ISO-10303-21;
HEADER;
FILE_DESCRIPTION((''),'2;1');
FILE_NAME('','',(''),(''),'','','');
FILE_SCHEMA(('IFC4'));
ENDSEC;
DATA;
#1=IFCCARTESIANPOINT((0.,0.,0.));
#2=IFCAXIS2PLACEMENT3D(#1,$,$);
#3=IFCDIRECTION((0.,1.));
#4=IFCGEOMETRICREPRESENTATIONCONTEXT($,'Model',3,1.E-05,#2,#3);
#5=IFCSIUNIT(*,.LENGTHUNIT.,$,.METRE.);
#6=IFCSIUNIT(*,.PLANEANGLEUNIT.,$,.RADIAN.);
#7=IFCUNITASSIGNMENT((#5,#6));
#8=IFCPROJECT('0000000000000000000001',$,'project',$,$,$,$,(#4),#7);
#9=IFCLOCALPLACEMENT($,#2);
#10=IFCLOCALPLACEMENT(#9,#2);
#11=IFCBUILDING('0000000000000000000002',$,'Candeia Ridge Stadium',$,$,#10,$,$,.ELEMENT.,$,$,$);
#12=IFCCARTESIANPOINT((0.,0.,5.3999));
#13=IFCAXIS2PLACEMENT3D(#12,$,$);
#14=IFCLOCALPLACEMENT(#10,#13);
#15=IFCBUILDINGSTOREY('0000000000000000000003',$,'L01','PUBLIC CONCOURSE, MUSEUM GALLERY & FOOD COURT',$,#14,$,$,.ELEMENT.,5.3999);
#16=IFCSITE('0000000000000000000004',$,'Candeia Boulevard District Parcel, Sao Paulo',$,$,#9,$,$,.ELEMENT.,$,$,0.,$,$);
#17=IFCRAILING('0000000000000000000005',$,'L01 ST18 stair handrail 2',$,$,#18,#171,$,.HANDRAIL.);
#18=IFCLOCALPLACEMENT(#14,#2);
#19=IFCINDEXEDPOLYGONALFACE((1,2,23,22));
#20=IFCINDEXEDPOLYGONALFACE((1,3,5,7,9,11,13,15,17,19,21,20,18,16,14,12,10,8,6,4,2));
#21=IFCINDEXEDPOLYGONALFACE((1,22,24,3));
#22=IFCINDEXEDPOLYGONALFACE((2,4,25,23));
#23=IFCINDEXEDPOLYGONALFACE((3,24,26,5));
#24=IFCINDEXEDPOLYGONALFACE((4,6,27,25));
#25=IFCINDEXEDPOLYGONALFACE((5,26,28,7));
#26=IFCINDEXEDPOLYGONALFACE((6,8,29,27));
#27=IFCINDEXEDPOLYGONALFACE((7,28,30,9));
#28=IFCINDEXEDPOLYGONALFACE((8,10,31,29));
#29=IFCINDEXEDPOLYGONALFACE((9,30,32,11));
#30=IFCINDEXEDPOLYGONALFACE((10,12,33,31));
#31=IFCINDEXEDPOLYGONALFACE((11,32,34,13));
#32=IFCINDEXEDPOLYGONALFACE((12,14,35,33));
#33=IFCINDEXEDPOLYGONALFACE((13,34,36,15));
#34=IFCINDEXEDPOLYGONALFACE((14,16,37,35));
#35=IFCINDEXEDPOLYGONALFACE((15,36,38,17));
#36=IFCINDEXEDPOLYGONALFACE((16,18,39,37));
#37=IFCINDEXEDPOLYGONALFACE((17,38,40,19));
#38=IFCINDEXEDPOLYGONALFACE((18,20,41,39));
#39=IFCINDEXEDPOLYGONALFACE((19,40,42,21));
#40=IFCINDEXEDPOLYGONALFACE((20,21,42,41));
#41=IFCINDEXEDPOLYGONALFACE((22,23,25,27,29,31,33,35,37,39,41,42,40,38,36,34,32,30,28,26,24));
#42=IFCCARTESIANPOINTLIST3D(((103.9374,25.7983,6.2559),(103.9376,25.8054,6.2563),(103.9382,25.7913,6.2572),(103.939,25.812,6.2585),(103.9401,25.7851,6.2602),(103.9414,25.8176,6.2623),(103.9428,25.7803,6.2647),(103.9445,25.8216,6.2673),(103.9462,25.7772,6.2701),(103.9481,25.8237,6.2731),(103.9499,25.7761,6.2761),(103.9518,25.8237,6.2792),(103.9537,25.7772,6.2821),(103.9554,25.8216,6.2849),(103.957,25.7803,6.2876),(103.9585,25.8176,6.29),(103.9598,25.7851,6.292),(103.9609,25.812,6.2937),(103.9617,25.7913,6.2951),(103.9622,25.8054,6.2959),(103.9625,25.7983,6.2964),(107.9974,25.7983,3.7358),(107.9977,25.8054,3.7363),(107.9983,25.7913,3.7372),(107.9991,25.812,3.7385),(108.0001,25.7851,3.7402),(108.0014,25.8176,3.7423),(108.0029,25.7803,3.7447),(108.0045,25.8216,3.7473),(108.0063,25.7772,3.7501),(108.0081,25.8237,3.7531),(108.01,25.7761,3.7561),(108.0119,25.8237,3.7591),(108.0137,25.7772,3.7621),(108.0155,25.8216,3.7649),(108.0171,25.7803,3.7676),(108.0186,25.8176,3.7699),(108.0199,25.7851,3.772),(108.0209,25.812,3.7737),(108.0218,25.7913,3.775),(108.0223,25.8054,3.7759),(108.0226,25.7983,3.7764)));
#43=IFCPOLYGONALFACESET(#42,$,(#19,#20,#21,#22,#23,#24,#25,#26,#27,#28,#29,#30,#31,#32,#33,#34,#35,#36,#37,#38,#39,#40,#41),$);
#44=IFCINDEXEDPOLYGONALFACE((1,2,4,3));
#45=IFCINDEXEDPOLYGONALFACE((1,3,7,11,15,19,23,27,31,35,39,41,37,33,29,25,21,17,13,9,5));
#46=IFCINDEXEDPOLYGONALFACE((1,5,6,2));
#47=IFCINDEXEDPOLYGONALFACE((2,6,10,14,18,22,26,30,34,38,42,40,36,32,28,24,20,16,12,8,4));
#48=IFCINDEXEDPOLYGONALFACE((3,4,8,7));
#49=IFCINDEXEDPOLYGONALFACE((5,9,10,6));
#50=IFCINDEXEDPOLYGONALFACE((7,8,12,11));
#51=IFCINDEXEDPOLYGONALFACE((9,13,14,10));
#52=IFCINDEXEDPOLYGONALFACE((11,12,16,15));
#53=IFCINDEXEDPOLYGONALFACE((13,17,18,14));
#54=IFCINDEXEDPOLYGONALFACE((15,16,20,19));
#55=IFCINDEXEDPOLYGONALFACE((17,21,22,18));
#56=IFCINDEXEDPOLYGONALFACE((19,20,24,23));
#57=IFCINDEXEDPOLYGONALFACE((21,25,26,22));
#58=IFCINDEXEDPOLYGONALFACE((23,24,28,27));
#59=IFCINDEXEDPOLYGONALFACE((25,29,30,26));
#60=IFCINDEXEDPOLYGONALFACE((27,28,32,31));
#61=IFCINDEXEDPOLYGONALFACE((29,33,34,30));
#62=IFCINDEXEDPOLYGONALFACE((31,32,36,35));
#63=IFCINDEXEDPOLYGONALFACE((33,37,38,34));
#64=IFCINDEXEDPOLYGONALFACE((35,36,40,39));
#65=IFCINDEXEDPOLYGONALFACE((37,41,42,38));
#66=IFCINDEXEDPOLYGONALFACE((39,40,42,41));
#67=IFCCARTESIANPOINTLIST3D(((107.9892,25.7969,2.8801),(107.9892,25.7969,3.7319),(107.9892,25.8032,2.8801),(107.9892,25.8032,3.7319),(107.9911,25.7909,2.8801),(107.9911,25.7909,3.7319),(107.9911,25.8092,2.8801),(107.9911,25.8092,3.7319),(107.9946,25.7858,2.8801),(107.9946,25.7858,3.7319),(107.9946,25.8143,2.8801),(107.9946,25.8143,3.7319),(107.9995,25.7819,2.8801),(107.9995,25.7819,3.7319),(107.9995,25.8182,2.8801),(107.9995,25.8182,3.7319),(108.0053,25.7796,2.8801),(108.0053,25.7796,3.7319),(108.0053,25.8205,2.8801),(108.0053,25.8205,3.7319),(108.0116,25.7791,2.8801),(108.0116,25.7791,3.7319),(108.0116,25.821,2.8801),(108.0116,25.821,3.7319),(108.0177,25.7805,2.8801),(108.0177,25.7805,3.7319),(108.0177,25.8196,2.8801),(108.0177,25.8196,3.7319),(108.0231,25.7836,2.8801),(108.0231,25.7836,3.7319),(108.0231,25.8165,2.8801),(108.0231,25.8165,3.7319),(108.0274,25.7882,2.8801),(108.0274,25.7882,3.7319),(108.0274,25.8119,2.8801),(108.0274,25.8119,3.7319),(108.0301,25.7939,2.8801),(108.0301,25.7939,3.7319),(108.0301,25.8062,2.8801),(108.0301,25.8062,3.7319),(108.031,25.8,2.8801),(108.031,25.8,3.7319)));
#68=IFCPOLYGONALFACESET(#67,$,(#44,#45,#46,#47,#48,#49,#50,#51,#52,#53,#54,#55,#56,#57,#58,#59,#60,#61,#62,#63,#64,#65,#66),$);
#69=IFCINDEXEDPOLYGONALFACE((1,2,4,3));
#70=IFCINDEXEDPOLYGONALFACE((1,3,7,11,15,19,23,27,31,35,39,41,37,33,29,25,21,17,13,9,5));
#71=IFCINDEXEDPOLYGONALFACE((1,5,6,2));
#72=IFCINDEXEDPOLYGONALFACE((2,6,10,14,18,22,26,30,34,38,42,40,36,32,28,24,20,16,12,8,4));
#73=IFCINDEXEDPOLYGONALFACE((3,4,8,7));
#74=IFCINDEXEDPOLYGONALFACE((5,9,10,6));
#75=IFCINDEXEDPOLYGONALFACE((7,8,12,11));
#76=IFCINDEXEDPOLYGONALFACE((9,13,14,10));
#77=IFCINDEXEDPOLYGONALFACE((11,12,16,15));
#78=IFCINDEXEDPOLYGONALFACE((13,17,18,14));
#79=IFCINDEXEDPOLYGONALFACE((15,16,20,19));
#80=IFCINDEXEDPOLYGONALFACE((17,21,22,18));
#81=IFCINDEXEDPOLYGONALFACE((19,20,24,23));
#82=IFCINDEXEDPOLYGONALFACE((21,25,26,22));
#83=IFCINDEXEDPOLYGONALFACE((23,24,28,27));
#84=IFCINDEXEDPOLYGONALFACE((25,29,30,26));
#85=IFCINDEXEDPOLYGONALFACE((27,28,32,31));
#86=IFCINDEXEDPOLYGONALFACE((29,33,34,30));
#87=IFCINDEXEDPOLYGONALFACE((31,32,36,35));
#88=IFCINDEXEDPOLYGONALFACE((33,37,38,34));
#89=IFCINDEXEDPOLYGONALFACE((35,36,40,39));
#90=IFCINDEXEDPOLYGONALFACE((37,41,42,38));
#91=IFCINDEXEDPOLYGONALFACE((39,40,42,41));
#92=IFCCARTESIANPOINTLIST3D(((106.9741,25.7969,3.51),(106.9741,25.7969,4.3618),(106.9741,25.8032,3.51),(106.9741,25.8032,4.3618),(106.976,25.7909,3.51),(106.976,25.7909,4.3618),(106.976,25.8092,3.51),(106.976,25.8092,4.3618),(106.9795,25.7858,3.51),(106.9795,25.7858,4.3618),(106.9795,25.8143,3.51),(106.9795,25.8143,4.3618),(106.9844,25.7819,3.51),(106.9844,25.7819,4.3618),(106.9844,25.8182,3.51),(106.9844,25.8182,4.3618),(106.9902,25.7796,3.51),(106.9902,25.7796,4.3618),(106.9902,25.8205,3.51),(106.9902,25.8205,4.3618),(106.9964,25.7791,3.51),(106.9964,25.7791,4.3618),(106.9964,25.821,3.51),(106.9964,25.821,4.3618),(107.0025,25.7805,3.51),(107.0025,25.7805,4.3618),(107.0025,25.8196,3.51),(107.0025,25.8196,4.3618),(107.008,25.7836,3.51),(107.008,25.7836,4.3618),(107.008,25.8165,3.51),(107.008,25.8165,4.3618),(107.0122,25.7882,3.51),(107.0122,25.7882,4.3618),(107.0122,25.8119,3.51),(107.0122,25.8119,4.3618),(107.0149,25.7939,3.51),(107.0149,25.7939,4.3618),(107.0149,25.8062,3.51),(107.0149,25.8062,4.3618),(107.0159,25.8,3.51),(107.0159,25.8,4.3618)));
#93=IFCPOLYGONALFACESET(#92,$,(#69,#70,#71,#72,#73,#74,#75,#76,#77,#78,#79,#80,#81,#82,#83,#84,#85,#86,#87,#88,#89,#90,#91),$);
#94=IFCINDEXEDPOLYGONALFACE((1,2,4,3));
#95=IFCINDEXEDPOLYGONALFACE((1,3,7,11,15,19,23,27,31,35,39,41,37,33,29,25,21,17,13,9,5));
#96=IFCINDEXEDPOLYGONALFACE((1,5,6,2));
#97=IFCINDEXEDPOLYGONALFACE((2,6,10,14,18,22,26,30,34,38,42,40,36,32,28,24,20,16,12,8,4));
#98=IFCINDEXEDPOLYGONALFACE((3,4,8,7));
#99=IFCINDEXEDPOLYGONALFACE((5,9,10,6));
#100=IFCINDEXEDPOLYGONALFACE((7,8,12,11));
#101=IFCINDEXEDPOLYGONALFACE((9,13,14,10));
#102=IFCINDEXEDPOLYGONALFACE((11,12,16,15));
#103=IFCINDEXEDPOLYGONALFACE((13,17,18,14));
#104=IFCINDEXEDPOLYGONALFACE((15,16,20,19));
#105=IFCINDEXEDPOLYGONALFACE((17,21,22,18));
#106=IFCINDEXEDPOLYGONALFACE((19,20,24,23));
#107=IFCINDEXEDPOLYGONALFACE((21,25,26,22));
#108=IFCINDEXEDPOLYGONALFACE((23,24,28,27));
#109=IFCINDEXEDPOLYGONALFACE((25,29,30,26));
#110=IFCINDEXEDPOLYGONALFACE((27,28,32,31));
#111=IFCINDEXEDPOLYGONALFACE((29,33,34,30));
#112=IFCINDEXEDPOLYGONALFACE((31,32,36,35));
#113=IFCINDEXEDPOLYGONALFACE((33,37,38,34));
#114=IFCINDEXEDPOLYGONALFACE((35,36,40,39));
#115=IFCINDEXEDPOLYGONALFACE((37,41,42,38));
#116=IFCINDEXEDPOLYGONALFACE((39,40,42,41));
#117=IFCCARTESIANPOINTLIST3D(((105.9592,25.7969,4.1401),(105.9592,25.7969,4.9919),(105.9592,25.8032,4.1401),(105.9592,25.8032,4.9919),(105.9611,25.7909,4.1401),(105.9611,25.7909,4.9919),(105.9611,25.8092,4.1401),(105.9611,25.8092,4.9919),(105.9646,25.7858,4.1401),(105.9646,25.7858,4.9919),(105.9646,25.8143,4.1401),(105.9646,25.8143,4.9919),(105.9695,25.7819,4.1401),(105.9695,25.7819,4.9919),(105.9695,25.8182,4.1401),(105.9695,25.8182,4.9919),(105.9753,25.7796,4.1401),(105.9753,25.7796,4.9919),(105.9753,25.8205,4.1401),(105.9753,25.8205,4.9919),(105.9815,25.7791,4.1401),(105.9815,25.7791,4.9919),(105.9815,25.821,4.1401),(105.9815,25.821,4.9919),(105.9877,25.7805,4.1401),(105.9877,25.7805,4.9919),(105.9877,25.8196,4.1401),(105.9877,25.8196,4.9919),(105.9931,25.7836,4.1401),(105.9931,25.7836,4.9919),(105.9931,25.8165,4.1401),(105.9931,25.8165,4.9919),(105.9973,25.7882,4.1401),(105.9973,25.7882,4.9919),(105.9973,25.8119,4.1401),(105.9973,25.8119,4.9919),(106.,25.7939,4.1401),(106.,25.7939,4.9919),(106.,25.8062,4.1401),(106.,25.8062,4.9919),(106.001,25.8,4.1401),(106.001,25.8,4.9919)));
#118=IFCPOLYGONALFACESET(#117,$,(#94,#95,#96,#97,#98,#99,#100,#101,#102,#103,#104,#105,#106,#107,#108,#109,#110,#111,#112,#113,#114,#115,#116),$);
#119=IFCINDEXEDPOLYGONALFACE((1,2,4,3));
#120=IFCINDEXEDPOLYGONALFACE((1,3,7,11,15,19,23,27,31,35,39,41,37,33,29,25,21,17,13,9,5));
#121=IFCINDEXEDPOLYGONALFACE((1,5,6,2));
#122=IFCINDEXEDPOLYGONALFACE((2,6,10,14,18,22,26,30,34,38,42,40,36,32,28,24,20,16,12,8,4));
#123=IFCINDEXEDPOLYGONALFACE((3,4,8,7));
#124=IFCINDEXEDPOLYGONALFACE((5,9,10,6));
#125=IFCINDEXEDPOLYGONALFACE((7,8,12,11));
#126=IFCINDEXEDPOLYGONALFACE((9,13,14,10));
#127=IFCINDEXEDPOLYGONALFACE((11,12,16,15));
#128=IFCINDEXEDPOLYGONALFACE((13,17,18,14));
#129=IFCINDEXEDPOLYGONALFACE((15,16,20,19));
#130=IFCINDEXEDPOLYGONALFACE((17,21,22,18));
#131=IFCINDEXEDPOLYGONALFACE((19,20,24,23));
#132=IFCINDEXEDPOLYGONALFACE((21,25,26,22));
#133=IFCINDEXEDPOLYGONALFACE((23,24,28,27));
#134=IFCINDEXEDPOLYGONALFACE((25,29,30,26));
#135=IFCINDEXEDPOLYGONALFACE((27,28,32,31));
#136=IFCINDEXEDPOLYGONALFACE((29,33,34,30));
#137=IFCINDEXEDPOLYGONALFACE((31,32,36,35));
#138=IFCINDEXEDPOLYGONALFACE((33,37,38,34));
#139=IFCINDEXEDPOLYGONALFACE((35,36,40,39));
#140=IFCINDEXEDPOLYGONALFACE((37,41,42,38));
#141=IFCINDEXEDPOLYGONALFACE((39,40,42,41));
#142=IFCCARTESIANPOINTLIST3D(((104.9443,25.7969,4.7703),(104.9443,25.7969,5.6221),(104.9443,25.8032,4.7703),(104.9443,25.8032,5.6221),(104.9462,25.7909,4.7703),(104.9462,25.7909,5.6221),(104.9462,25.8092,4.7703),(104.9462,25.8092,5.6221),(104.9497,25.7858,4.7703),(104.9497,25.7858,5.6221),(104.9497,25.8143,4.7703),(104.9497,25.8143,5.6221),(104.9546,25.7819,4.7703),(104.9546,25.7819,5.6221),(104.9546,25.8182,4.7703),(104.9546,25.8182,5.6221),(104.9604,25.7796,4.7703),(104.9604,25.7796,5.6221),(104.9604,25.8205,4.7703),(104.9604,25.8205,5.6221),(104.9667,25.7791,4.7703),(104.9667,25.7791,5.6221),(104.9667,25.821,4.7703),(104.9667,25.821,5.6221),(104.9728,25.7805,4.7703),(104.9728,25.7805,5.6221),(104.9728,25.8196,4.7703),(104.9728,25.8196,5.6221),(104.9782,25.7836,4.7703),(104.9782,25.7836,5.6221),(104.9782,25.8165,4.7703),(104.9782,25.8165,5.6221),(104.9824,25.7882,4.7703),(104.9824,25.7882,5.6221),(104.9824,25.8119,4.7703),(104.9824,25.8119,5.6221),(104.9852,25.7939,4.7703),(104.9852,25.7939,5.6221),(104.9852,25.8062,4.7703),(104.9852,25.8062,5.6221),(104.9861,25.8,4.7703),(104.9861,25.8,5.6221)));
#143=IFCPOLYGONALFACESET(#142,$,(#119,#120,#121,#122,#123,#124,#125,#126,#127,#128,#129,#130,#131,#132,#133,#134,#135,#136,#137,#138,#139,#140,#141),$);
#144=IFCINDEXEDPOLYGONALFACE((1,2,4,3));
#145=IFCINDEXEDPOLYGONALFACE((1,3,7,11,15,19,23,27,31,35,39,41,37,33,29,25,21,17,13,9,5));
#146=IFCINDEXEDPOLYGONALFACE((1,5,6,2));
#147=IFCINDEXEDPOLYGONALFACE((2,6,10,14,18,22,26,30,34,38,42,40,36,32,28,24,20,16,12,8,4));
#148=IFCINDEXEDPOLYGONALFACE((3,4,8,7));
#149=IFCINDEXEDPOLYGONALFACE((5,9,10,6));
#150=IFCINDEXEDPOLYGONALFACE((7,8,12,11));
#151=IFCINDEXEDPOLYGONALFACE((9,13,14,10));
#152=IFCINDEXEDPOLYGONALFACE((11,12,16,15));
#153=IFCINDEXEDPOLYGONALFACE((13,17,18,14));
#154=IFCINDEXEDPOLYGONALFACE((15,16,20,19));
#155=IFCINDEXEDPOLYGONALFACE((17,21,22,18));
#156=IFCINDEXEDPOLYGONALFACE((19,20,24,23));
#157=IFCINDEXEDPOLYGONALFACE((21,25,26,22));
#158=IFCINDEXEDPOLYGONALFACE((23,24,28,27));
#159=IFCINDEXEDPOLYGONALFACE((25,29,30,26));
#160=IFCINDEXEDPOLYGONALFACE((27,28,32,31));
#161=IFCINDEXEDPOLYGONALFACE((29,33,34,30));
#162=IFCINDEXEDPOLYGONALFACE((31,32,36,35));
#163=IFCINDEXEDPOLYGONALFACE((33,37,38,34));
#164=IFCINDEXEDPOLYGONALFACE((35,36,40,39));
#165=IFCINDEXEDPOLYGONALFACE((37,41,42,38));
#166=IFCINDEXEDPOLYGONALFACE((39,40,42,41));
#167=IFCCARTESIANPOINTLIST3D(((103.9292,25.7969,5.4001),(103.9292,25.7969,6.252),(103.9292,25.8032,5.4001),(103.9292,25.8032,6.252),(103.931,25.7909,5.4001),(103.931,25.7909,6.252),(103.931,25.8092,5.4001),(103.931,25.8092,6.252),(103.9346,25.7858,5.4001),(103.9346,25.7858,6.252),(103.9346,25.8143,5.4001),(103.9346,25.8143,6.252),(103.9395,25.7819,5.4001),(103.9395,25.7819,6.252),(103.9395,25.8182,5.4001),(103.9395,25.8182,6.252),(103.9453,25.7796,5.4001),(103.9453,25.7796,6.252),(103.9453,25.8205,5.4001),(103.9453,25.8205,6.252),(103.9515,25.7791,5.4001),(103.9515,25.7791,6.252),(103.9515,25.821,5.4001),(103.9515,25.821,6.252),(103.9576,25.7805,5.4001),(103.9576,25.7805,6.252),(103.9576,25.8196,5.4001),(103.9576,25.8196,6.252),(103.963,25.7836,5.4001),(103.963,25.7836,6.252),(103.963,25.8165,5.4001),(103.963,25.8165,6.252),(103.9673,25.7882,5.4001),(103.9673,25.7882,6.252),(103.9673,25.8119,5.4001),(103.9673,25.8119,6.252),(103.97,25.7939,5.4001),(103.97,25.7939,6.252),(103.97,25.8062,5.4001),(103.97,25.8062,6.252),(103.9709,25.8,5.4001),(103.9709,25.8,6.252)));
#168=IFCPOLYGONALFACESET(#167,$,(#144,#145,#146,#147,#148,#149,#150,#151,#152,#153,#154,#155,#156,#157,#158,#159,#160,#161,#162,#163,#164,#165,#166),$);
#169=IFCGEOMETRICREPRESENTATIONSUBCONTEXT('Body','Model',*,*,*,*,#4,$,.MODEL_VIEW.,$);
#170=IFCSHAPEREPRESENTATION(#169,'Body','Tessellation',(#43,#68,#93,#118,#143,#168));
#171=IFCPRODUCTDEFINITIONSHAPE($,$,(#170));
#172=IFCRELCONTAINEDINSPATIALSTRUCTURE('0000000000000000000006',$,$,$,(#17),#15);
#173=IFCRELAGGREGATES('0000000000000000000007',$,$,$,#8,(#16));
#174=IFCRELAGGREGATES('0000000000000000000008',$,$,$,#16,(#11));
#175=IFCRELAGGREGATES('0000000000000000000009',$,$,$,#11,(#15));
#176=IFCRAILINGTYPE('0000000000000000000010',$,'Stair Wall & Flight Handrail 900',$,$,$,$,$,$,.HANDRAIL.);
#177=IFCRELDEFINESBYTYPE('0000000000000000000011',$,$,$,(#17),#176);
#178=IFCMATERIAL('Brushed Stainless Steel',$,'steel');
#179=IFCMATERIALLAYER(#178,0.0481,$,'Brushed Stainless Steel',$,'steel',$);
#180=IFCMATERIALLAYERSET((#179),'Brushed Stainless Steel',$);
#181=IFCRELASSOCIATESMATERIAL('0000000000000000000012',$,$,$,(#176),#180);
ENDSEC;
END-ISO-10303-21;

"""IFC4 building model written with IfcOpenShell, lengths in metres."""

from ifc_helpers import new_model, si_unit, direction, frame, origin, origin_2d, place, context, subcontext, project, spatial, circle, extrude, material, layer, layer_set, type_object, element, save


model = new_model("IFC4")

# Units and contexts
model_context = context("Model", 3, precision=1e-05, world=origin(), true_north=direction((0.0, 1.0)))
body_context = subcontext(model_context, "Body", "Model", "MODEL_VIEW")
ifc_project = project(units=[si_unit("LENGTHUNIT", "METRE"), si_unit("PLANEANGLEUNIT", "RADIAN")], contexts=[model_context])

# Site, building, storey
site_placement = place(None, origin())
site = spatial("IfcSite", under=ifc_project, at=site_placement, Name="Candeia Boulevard District Parcel, Sao Paulo", CompositionType="ELEMENT", RefElevation=0.0)
building_placement = place(site_placement, origin())
building = spatial("IfcBuilding", under=site, at=building_placement, Name="Candeia Ridge Stadium", CompositionType="ELEMENT")
storey_placement = place(building_placement, frame((0.0, 0.0, 5.3999)))
storey = spatial("IfcBuildingStorey", under=building, at=storey_placement, Name="L01", Description="PUBLIC CONCOURSE, MUSEUM GALLERY & FOOD COURT", CompositionType="ELEMENT", Elevation=5.3999)

# Railing
ifc_material_1 = material(Name="Brushed Stainless Steel", Category="steel")
ifc_layer_1 = layer(ifc_material_1, 0.0481, Name="Brushed Stainless Steel", Category="steel")
ifc_layer_set_1 = layer_set([ifc_layer_1], Name="Brushed Stainless Steel")
railing_type_1 = type_object("IfcRailingType", Name="Stair Wall & Flight Handrail 900", PredefinedType="HANDRAIL", material=ifc_layer_set_1)
railing_1_placement = place(storey_placement, frame((108.01, 25.8, 2.8801)))
element("IfcRailing", 1, at=railing_1_placement, inside=storey, type_object=railing_type_1, Name="L01 ST18 stair handrail 2", PredefinedType="HANDRAIL", context=body_context, shape_type="SweptSolid", body=[
    extrude(circle(Radius=0.0239, at=origin_2d()), frame((0.0, 0.0, 0.876), z_axis=(-0.849642, 0.0, 0.52736), x_axis=(0.0, -1.0, 0.0)), (0.0, 0.0, 1.0), 4.7786),
    extrude(circle(Radius=0.021, at=origin_2d()), origin(), (0.0, 0.0, 1.0), 0.8518),
    extrude(circle(Radius=0.021, at=origin_2d()), frame((-1.0151, 0.0, 0.6299)), (0.0, 0.0, 1.0), 0.8518),
    extrude(circle(Radius=0.021, at=origin_2d()), frame((-2.03, 0.0, 1.26)), (0.0, 0.0, 1.0), 0.8518),
    extrude(circle(Radius=0.021, at=origin_2d()), frame((-3.0449, 0.0, 1.8901)), (0.0, 0.0, 1.0), 0.8518),
    extrude(circle(Radius=0.021, at=origin_2d()), frame((-4.0601, 0.0, 2.52)), (0.0, 0.0, 1.0), 0.8518),
])

save(model, "model.ifc")
